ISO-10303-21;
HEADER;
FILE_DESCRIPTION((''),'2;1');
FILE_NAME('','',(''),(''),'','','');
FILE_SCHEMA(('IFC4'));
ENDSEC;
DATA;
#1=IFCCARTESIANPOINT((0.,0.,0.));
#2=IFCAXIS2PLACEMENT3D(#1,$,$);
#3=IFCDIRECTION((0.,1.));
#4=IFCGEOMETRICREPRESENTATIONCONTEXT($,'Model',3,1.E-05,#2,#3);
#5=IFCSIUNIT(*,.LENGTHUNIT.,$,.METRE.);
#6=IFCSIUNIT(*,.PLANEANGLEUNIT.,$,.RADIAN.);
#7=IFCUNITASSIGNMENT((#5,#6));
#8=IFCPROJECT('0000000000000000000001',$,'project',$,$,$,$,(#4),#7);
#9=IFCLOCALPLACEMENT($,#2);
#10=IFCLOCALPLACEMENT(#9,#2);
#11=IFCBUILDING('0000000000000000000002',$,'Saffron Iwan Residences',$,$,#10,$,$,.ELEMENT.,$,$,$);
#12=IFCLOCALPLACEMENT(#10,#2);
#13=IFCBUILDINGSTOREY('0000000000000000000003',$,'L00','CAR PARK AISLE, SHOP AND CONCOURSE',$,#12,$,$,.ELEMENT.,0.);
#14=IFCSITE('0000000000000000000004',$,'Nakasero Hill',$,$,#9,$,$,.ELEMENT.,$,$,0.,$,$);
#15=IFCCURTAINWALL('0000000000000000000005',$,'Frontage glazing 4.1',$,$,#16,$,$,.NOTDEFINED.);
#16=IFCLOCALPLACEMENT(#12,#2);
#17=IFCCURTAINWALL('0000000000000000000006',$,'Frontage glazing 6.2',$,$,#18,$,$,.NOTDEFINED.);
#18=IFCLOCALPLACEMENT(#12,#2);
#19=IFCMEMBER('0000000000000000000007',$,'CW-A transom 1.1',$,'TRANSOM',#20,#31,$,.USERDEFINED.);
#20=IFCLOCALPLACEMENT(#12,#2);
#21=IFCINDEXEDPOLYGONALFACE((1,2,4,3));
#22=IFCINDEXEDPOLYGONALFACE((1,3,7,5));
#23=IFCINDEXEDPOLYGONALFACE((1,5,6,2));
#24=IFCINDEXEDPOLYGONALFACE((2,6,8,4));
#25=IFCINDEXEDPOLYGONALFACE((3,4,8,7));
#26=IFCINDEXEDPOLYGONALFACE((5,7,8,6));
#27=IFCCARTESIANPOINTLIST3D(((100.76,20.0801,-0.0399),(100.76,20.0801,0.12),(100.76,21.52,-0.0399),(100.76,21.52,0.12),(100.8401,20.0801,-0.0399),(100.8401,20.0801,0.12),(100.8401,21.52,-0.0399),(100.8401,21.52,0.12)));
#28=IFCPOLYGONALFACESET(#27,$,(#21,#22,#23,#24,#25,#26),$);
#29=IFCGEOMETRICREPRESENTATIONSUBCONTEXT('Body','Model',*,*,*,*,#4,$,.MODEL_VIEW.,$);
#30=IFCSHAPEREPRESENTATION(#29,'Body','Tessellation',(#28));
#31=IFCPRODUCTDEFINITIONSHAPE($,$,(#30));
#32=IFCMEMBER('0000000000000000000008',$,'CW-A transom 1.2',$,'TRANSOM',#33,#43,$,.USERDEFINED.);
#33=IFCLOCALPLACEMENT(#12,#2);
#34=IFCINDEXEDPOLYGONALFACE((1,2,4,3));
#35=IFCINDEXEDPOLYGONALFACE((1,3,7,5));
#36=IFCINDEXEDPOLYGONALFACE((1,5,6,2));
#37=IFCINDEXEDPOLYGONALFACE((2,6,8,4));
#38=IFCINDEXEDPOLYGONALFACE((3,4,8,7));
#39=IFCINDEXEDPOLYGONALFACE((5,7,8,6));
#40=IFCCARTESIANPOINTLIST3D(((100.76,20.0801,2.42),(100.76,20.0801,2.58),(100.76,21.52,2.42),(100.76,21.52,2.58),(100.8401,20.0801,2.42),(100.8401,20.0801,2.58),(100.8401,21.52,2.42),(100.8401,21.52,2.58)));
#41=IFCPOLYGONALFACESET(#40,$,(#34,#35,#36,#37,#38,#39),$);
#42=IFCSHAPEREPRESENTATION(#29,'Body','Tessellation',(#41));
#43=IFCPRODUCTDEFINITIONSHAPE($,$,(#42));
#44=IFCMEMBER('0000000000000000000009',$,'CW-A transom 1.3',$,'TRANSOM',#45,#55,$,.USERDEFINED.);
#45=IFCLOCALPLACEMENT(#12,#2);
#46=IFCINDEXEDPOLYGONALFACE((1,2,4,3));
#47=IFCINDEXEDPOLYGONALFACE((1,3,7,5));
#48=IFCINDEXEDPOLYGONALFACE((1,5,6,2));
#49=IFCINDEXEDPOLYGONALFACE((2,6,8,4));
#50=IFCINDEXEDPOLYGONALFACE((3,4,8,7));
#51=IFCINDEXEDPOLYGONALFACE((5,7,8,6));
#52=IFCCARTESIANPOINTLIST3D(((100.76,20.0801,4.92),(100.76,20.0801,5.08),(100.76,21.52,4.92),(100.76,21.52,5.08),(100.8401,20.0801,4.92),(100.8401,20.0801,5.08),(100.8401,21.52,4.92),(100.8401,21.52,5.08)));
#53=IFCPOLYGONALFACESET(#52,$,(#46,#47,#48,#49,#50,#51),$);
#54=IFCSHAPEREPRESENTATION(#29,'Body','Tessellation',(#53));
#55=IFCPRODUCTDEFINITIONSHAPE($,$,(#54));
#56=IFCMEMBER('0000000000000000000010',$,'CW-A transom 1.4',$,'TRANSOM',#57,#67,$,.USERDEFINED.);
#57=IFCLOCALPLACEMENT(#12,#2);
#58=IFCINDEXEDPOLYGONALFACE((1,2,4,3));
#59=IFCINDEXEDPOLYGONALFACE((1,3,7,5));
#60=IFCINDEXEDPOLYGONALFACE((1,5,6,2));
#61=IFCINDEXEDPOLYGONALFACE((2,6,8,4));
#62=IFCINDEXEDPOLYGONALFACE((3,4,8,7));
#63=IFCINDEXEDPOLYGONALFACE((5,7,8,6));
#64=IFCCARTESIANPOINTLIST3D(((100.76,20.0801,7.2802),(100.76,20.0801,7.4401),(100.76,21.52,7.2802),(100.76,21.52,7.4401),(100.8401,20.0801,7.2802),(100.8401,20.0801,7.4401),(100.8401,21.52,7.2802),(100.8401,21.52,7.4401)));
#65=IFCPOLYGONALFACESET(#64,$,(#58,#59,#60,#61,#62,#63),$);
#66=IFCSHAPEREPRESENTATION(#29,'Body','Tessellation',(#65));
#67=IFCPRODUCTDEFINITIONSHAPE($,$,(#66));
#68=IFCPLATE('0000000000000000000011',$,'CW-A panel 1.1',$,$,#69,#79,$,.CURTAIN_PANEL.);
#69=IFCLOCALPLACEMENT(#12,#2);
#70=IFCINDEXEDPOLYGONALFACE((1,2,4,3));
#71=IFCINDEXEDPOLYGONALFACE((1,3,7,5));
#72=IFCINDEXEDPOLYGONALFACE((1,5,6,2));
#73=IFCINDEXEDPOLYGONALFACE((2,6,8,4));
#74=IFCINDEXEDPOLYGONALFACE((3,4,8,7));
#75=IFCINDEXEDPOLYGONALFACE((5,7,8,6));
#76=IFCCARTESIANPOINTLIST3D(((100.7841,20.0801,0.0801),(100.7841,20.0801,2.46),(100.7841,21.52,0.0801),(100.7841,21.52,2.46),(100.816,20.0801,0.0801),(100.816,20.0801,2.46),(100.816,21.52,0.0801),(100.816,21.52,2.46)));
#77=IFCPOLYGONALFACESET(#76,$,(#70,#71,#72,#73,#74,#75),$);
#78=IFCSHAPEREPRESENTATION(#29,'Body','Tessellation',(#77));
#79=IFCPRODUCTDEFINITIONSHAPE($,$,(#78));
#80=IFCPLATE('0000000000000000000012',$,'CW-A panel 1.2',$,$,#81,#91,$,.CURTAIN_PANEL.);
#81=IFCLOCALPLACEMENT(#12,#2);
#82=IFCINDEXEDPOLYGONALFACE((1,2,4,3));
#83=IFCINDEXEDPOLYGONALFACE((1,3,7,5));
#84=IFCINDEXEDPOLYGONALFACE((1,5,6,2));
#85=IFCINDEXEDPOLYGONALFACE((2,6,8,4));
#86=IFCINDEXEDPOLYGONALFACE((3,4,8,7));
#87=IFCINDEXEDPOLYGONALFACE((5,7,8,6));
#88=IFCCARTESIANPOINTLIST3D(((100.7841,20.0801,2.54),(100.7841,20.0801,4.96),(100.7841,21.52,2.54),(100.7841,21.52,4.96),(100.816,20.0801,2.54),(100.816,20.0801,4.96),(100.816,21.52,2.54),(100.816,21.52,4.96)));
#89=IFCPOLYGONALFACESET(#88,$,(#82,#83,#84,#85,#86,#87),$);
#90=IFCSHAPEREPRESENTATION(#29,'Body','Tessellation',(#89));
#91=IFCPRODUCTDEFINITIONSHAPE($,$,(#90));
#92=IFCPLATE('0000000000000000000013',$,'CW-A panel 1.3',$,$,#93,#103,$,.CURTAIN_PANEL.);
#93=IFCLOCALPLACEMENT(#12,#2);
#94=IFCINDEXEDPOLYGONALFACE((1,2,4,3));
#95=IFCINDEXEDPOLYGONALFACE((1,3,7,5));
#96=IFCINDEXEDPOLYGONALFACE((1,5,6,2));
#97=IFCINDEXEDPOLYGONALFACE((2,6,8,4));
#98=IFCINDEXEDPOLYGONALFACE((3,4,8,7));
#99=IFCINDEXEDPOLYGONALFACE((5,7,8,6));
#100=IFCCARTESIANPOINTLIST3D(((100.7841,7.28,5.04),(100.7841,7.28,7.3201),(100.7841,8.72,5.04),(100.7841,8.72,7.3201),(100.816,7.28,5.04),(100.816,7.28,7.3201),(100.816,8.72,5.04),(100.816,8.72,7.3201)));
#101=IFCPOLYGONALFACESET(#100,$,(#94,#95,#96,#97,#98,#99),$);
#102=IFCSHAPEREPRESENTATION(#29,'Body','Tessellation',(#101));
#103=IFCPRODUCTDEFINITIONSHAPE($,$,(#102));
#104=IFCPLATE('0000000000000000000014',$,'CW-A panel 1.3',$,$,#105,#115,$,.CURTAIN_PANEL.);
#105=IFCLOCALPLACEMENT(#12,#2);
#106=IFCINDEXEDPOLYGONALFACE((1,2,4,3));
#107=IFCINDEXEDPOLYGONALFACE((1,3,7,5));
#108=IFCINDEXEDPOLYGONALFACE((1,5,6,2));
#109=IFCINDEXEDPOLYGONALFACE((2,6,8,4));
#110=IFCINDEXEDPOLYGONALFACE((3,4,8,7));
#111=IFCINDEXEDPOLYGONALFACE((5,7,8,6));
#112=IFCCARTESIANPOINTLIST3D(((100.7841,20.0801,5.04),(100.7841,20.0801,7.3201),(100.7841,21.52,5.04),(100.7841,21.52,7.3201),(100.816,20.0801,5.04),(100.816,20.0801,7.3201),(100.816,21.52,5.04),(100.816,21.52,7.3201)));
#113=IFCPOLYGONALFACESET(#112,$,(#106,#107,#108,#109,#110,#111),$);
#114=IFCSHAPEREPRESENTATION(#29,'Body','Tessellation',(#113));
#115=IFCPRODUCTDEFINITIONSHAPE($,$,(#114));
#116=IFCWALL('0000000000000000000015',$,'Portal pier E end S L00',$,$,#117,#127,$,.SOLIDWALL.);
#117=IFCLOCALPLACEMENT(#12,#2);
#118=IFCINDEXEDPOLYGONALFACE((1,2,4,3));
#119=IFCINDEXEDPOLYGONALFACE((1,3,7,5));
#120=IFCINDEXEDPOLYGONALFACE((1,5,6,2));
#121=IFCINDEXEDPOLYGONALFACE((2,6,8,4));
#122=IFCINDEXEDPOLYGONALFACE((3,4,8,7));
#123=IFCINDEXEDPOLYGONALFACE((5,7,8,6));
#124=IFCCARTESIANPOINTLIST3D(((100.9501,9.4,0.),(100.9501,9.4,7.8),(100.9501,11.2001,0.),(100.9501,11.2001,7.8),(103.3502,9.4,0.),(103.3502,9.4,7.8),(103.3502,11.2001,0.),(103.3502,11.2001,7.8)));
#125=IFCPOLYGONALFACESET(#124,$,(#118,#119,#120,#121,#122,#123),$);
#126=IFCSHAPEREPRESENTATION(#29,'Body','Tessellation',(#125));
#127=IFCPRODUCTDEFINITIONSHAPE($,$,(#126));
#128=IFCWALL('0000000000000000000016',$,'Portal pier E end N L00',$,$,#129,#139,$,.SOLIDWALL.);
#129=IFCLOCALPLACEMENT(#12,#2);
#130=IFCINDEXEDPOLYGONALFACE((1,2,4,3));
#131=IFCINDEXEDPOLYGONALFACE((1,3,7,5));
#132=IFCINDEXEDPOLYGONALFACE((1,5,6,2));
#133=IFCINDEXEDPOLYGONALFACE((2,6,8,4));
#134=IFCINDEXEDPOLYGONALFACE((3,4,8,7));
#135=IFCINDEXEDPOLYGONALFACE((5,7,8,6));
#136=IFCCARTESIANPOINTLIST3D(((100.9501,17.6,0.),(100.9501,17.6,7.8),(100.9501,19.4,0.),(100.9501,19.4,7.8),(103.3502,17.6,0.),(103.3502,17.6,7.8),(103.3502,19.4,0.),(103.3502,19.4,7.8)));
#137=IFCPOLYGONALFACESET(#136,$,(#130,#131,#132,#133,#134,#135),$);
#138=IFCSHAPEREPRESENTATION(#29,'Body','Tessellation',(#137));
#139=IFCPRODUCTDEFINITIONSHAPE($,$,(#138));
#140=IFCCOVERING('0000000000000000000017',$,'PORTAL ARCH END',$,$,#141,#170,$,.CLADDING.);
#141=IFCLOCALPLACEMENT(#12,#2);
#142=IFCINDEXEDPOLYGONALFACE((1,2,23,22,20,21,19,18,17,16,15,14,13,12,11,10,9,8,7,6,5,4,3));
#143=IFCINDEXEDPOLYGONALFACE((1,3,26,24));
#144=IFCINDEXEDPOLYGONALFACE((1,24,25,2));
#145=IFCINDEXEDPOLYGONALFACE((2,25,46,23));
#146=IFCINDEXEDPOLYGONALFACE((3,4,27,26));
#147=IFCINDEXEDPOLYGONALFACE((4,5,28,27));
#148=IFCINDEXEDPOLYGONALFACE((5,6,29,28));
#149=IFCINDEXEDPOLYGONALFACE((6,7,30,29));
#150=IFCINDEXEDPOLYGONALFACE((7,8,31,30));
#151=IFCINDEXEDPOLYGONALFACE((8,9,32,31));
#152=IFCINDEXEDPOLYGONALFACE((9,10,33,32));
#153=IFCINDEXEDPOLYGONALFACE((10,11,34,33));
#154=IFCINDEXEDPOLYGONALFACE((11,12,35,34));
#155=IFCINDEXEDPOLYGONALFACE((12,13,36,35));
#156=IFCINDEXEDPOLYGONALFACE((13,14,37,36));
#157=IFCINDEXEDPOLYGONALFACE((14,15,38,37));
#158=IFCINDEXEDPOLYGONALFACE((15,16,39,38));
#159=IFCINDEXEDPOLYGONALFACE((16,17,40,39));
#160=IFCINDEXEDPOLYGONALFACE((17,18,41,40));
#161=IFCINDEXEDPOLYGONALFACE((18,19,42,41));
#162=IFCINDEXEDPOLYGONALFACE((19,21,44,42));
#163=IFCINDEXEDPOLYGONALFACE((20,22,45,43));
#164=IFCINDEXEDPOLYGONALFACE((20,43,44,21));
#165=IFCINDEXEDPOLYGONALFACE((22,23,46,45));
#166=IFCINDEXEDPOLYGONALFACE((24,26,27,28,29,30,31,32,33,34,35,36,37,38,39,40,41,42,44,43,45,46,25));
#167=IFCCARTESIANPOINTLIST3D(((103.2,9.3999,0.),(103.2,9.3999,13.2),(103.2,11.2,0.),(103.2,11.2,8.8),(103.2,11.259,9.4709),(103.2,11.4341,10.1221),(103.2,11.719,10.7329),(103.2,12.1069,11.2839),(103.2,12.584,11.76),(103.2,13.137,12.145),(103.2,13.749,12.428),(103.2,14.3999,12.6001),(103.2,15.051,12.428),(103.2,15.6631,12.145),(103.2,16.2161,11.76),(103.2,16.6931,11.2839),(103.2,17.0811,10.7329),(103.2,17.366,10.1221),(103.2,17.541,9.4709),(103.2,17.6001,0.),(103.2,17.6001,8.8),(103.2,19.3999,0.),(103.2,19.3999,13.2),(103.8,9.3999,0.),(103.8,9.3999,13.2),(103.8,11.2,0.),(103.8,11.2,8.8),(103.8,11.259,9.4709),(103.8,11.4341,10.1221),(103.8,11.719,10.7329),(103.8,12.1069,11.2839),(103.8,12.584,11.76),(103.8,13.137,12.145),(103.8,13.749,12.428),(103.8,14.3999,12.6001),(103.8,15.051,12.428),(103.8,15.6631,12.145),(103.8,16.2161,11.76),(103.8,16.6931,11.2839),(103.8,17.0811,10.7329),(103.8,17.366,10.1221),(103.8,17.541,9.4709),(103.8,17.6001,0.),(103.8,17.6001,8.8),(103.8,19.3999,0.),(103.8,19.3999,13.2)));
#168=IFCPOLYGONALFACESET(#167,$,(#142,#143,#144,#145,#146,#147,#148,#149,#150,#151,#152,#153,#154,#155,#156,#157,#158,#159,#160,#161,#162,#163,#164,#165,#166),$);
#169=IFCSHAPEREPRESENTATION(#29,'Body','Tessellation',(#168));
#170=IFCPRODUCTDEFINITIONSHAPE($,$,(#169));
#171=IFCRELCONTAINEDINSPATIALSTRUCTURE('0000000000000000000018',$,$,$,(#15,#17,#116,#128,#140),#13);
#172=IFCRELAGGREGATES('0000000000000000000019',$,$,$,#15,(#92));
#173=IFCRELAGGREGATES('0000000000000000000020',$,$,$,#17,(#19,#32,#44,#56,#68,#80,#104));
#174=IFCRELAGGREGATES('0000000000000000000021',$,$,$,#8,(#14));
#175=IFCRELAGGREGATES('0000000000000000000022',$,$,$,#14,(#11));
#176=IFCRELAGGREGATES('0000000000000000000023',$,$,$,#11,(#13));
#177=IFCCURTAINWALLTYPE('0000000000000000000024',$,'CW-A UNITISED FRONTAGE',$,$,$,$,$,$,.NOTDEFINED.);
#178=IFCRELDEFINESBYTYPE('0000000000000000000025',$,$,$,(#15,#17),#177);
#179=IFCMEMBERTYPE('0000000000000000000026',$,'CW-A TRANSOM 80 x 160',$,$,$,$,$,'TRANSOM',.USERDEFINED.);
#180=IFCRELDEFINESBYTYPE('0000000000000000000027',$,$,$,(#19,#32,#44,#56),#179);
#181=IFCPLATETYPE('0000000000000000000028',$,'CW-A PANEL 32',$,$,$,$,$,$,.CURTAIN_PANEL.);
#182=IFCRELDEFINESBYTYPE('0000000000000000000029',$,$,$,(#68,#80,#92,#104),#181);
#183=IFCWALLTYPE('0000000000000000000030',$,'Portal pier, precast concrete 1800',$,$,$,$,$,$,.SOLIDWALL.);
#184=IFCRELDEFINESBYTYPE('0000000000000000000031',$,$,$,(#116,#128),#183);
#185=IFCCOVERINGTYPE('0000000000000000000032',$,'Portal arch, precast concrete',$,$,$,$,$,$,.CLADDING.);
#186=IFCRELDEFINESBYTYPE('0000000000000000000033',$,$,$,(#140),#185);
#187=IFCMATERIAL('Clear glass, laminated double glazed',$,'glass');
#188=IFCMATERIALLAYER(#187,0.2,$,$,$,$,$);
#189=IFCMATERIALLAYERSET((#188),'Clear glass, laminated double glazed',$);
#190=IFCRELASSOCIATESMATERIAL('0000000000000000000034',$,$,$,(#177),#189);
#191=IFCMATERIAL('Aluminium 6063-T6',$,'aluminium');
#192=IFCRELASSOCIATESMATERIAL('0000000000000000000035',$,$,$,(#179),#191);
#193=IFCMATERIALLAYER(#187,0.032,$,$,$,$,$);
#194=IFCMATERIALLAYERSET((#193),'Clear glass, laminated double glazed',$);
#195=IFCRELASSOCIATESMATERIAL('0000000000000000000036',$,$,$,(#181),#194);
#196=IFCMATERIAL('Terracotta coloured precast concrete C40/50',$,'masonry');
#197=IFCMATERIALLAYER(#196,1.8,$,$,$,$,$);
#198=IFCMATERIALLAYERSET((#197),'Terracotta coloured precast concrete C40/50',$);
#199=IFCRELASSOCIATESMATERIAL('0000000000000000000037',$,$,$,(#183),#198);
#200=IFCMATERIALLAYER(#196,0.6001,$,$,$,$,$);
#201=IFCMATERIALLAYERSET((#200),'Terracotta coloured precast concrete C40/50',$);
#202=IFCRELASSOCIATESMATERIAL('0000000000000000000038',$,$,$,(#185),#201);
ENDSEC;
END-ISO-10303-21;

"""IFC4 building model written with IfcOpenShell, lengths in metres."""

from ifc_helpers import new_model, si_unit, direction, frame, frame_2d, origin, origin_2d, place, context, subcontext, project, spatial, polyline, rectangle, outline, extrude, source, transform, mapped, material, layer, layer_set, material_profile, profile_set, type_object, element, aggregate, save


model = new_model("IFC4")

# Units and contexts
model_context = context("Model", 3, precision=1e-05, world=origin(), true_north=direction((0.0, 1.0)))
body_context = subcontext(model_context, "Body", "Model", "MODEL_VIEW")
ifc_project = project(units=[si_unit("LENGTHUNIT", "METRE"), si_unit("PLANEANGLEUNIT", "RADIAN")], contexts=[model_context])

# Site, building, storey
site_placement = place(None, origin())
site = spatial("IfcSite", under=ifc_project, at=site_placement, Name="Nakasero Hill", CompositionType="ELEMENT", RefElevation=0.0)
building_placement = place(site_placement, origin())
building = spatial("IfcBuilding", under=site, at=building_placement, Name="Saffron Iwan Residences", CompositionType="ELEMENT")
storey_placement = place(building_placement, origin())
storey = spatial("IfcBuildingStorey", under=building, at=storey_placement, Name="L00", Description="CAR PARK AISLE, SHOP AND CONCOURSE", CompositionType="ELEMENT", Elevation=0.0)

# Curtain wall
ifc_material_1 = material(Name="Clear glass, laminated double glazed", Category="glass")
ifc_layer_1 = layer(ifc_material_1, 0.2)
ifc_layer_set_1 = layer_set([ifc_layer_1], Name="Clear glass, laminated double glazed")
curtain_wall_type = type_object("IfcCurtainWallType", Name="CW-A UNITISED FRONTAGE", PredefinedType="NOTDEFINED", material=ifc_layer_set_1)
curtain_wall_1_placement = place(storey_placement, origin())
curtain_wall_1 = element("IfcCurtainWall", 1, at=curtain_wall_1_placement, inside=storey, type_object=curtain_wall_type, Name="Frontage glazing 4.1", PredefinedType="NOTDEFINED")
ifc_material_2 = material(Name="Aluminium 6063-T6", Category="aluminium")

# Curtain wall, members, plates
curtain_wall_2_placement = place(storey_placement, origin())
curtain_wall_2 = element("IfcCurtainWall", 2, at=curtain_wall_2_placement, inside=storey, type_object=curtain_wall_type, Name="Frontage glazing 6.2", PredefinedType="NOTDEFINED")
ifc_material_profile_1 = material_profile(ifc_material_2, rectangle(XDim=0.0801, YDim=0.1599, at=origin_2d()), Name="CW-A TRANSOM 80 x 160")
ifc_profile_set_1 = profile_set([ifc_material_profile_1], Name="Aluminium 6063-T6")
member_type_1 = type_object("IfcMemberType", Name="CW-A TRANSOM 80 x 160", ElementType="TRANSOM", PredefinedType="USERDEFINED", material=ifc_profile_set_1)
shared_shape_1 = source(origin(), body_context, "Body", "SweptSolid", [
    extrude(rectangle(XDim=0.0801, YDim=0.1599, at=origin_2d()), origin(), (0.0, 0.0, 1.0), 1.4399),
])
member_1_placement = place(storey_placement, frame((100.8, 20.0801, 0.04), z_axis=(0.0, 1.0, 0.0), x_axis=(-1.0, 0.0, 0.0)))
member_1 = element("IfcMember", 3, at=member_1_placement, type_object=member_type_1, Name="CW-A transom 1.1", ObjectType="TRANSOM", PredefinedType="USERDEFINED", context=body_context, shape_type="MappedRepresentation", body=[
    mapped(shared_shape_1, transform((0.0, 0.0, 0.0))),
])
member_2_placement = place(storey_placement, frame((100.8, 20.0801, 2.5), z_axis=(0.0, 1.0, 0.0), x_axis=(-1.0, 0.0, 0.0)))
member_2 = element("IfcMember", 4, at=member_2_placement, type_object=member_type_1, Name="CW-A transom 1.2", ObjectType="TRANSOM", PredefinedType="USERDEFINED", context=body_context, shape_type="MappedRepresentation", body=[
    mapped(shared_shape_1, transform((0.0, 0.0, 0.0))),
])
member_3_placement = place(storey_placement, frame((100.8, 20.0801, 5.0), z_axis=(0.0, 1.0, 0.0), x_axis=(-1.0, 0.0, 0.0)))
member_3 = element("IfcMember", 5, at=member_3_placement, type_object=member_type_1, Name="CW-A transom 1.3", ObjectType="TRANSOM", PredefinedType="USERDEFINED", context=body_context, shape_type="MappedRepresentation", body=[
    mapped(shared_shape_1, transform((0.0, 0.0, 0.0))),
])
member_4_placement = place(storey_placement, frame((100.8, 20.0801, 7.3601), z_axis=(0.0, 1.0, 0.0), x_axis=(-1.0, 0.0, 0.0)))
member_4 = element("IfcMember", 6, at=member_4_placement, type_object=member_type_1, Name="CW-A transom 1.4", ObjectType="TRANSOM", PredefinedType="USERDEFINED", context=body_context, shape_type="MappedRepresentation", body=[
    mapped(shared_shape_1, transform((0.0, 0.0, 0.0))),
])
ifc_layer_2 = layer(ifc_material_1, 0.032)
ifc_layer_set_2 = layer_set([ifc_layer_2], Name="Clear glass, laminated double glazed")
plate_type = type_object("IfcPlateType", Name="CW-A PANEL 32", PredefinedType="CURTAIN_PANEL", material=ifc_layer_set_2)
shared_shape_2 = source(origin(), body_context, "Body", "SweptSolid", [
    extrude(rectangle(XDim=1.4399, YDim=0.032, at=origin_2d()), origin(), (0.0, 0.0, 1.0), 2.3799),
])
plate_1_placement = place(storey_placement, frame((100.8, 20.8, 0.0801), z_axis=(0.0, 0.0, 1.0), x_axis=(0.0, 1.0, 0.0)))
plate_1 = element("IfcPlate", 7, at=plate_1_placement, type_object=plate_type, Name="CW-A panel 1.1", PredefinedType="CURTAIN_PANEL", context=body_context, shape_type="MappedRepresentation", body=[
    mapped(shared_shape_2, transform((0.0, 0.0, 0.0))),
])
shared_shape_3 = source(origin(), body_context, "Body", "SweptSolid", [
    extrude(rectangle(XDim=1.4399, YDim=0.032, at=origin_2d()), origin(), (0.0, 0.0, 1.0), 2.4199),
])
plate_2_placement = place(storey_placement, frame((100.8, 20.8, 2.54), z_axis=(0.0, 0.0, 1.0), x_axis=(0.0, 1.0, 0.0)))
plate_2 = element("IfcPlate", 8, at=plate_2_placement, type_object=plate_type, Name="CW-A panel 1.2", PredefinedType="CURTAIN_PANEL", context=body_context, shape_type="MappedRepresentation", body=[
    mapped(shared_shape_3, transform((0.0, 0.0, 0.0))),
])

# Plates
shared_shape_4 = source(origin(), body_context, "Body", "SweptSolid", [
    extrude(rectangle(XDim=1.4399, YDim=0.032, at=origin_2d()), origin(), (0.0, 0.0, 1.0), 2.28),
])
plate_3_placement = place(storey_placement, frame((100.8, 8.0, 5.04), z_axis=(0.0, 0.0, 1.0), x_axis=(0.0, 1.0, 0.0)))
plate_3 = element("IfcPlate", 9, at=plate_3_placement, type_object=plate_type, Name="CW-A panel 1.3", PredefinedType="CURTAIN_PANEL", context=body_context, shape_type="MappedRepresentation", body=[
    mapped(shared_shape_4, transform((0.0, 0.0, 0.0))),
])
aggregate(curtain_wall_1, [plate_3])
plate_4_placement = place(storey_placement, frame((100.8, 20.8, 5.04), z_axis=(0.0, 0.0, 1.0), x_axis=(0.0, 1.0, 0.0)))
plate_4 = element("IfcPlate", 10, at=plate_4_placement, type_object=plate_type, Name="CW-A panel 1.3", PredefinedType="CURTAIN_PANEL", context=body_context, shape_type="MappedRepresentation", body=[
    mapped(shared_shape_4, transform((0.0, 0.0, 0.0))),
])
aggregate(curtain_wall_2, [member_1, member_2, member_3, member_4, plate_1, plate_2, plate_4])

# Walls
ifc_material_3 = material(Name="Terracotta coloured precast concrete C40/50", Category="masonry")
ifc_layer_3 = layer(ifc_material_3, 1.8)
ifc_layer_set_3 = layer_set([ifc_layer_3], Name="Terracotta coloured precast concrete C40/50")
wall_type = type_object("IfcWallType", Name="Portal pier, precast concrete 1800", PredefinedType="SOLIDWALL", material=ifc_layer_set_3)
for number, where, z_axis, x_axis, name in (
    (11, (100.95, 10.3, 0.0), (0.0, 0.0, 1.0), (1.0, 0.0, 0.0), "Portal pier E end S L00"),
    (12, (100.95, 18.5, 0.0), (0.0, 0.0, 1.0), (1.0, 0.0, 0.0), "Portal pier E end N L00"),
):
    element("IfcWall", number, at=place(storey_placement, frame(where, z_axis=z_axis, x_axis=x_axis)), inside=storey, type_object=wall_type, Name=name, PredefinedType="SOLIDWALL", context=body_context, shape_type="SweptSolid", body=[
        extrude(rectangle(XDim=2.4001, YDim=1.8, at=frame_2d((1.2002, 0.0))), origin(), (0.0, 0.0, 1.0), 7.8),
    ])

# Covering
ifc_layer_4 = layer(ifc_material_3, 0.6001)
ifc_layer_set_4 = layer_set([ifc_layer_4], Name="Terracotta coloured precast concrete C40/50")
covering_type = type_object("IfcCoveringType", Name="Portal arch, precast concrete", PredefinedType="CLADDING", material=ifc_layer_set_4)
covering_placement = place(storey_placement, frame((103.2, 9.3999, 0.0), z_axis=(-1.0, 0.0, 0.0), x_axis=(0.0, 0.0, 1.0)))
element("IfcCovering", 13, at=covering_placement, inside=storey, type_object=covering_type, Name="PORTAL ARCH END", PredefinedType="CLADDING", context=body_context, shape_type="SweptSolid", body=[
    extrude(outline(polyline([(0.0, 0.0), (13.2, 0.0), (13.2, 10.0), (0.0, 10.0), (0.0, 8.2002), (8.8, 8.2002), (9.4709, 8.1411), (10.1221, 7.9661), (10.7329, 7.6812), (11.2839, 7.2932), (11.76, 6.8162), (12.145, 6.2632), (12.428, 5.6511), (12.6001, 5.0), (12.428, 4.3491), (12.145, 3.7371), (11.76, 3.1841), (11.2839, 2.707), (10.7329, 2.3191), (10.1221, 2.0342), (9.4709, 1.8591), (8.8, 1.8), (0.0, 1.8), (0.0, 0.0)])), origin(), (0.0, 0.0, -1.0), 0.6001),
])

save(model, "model.ifc")
